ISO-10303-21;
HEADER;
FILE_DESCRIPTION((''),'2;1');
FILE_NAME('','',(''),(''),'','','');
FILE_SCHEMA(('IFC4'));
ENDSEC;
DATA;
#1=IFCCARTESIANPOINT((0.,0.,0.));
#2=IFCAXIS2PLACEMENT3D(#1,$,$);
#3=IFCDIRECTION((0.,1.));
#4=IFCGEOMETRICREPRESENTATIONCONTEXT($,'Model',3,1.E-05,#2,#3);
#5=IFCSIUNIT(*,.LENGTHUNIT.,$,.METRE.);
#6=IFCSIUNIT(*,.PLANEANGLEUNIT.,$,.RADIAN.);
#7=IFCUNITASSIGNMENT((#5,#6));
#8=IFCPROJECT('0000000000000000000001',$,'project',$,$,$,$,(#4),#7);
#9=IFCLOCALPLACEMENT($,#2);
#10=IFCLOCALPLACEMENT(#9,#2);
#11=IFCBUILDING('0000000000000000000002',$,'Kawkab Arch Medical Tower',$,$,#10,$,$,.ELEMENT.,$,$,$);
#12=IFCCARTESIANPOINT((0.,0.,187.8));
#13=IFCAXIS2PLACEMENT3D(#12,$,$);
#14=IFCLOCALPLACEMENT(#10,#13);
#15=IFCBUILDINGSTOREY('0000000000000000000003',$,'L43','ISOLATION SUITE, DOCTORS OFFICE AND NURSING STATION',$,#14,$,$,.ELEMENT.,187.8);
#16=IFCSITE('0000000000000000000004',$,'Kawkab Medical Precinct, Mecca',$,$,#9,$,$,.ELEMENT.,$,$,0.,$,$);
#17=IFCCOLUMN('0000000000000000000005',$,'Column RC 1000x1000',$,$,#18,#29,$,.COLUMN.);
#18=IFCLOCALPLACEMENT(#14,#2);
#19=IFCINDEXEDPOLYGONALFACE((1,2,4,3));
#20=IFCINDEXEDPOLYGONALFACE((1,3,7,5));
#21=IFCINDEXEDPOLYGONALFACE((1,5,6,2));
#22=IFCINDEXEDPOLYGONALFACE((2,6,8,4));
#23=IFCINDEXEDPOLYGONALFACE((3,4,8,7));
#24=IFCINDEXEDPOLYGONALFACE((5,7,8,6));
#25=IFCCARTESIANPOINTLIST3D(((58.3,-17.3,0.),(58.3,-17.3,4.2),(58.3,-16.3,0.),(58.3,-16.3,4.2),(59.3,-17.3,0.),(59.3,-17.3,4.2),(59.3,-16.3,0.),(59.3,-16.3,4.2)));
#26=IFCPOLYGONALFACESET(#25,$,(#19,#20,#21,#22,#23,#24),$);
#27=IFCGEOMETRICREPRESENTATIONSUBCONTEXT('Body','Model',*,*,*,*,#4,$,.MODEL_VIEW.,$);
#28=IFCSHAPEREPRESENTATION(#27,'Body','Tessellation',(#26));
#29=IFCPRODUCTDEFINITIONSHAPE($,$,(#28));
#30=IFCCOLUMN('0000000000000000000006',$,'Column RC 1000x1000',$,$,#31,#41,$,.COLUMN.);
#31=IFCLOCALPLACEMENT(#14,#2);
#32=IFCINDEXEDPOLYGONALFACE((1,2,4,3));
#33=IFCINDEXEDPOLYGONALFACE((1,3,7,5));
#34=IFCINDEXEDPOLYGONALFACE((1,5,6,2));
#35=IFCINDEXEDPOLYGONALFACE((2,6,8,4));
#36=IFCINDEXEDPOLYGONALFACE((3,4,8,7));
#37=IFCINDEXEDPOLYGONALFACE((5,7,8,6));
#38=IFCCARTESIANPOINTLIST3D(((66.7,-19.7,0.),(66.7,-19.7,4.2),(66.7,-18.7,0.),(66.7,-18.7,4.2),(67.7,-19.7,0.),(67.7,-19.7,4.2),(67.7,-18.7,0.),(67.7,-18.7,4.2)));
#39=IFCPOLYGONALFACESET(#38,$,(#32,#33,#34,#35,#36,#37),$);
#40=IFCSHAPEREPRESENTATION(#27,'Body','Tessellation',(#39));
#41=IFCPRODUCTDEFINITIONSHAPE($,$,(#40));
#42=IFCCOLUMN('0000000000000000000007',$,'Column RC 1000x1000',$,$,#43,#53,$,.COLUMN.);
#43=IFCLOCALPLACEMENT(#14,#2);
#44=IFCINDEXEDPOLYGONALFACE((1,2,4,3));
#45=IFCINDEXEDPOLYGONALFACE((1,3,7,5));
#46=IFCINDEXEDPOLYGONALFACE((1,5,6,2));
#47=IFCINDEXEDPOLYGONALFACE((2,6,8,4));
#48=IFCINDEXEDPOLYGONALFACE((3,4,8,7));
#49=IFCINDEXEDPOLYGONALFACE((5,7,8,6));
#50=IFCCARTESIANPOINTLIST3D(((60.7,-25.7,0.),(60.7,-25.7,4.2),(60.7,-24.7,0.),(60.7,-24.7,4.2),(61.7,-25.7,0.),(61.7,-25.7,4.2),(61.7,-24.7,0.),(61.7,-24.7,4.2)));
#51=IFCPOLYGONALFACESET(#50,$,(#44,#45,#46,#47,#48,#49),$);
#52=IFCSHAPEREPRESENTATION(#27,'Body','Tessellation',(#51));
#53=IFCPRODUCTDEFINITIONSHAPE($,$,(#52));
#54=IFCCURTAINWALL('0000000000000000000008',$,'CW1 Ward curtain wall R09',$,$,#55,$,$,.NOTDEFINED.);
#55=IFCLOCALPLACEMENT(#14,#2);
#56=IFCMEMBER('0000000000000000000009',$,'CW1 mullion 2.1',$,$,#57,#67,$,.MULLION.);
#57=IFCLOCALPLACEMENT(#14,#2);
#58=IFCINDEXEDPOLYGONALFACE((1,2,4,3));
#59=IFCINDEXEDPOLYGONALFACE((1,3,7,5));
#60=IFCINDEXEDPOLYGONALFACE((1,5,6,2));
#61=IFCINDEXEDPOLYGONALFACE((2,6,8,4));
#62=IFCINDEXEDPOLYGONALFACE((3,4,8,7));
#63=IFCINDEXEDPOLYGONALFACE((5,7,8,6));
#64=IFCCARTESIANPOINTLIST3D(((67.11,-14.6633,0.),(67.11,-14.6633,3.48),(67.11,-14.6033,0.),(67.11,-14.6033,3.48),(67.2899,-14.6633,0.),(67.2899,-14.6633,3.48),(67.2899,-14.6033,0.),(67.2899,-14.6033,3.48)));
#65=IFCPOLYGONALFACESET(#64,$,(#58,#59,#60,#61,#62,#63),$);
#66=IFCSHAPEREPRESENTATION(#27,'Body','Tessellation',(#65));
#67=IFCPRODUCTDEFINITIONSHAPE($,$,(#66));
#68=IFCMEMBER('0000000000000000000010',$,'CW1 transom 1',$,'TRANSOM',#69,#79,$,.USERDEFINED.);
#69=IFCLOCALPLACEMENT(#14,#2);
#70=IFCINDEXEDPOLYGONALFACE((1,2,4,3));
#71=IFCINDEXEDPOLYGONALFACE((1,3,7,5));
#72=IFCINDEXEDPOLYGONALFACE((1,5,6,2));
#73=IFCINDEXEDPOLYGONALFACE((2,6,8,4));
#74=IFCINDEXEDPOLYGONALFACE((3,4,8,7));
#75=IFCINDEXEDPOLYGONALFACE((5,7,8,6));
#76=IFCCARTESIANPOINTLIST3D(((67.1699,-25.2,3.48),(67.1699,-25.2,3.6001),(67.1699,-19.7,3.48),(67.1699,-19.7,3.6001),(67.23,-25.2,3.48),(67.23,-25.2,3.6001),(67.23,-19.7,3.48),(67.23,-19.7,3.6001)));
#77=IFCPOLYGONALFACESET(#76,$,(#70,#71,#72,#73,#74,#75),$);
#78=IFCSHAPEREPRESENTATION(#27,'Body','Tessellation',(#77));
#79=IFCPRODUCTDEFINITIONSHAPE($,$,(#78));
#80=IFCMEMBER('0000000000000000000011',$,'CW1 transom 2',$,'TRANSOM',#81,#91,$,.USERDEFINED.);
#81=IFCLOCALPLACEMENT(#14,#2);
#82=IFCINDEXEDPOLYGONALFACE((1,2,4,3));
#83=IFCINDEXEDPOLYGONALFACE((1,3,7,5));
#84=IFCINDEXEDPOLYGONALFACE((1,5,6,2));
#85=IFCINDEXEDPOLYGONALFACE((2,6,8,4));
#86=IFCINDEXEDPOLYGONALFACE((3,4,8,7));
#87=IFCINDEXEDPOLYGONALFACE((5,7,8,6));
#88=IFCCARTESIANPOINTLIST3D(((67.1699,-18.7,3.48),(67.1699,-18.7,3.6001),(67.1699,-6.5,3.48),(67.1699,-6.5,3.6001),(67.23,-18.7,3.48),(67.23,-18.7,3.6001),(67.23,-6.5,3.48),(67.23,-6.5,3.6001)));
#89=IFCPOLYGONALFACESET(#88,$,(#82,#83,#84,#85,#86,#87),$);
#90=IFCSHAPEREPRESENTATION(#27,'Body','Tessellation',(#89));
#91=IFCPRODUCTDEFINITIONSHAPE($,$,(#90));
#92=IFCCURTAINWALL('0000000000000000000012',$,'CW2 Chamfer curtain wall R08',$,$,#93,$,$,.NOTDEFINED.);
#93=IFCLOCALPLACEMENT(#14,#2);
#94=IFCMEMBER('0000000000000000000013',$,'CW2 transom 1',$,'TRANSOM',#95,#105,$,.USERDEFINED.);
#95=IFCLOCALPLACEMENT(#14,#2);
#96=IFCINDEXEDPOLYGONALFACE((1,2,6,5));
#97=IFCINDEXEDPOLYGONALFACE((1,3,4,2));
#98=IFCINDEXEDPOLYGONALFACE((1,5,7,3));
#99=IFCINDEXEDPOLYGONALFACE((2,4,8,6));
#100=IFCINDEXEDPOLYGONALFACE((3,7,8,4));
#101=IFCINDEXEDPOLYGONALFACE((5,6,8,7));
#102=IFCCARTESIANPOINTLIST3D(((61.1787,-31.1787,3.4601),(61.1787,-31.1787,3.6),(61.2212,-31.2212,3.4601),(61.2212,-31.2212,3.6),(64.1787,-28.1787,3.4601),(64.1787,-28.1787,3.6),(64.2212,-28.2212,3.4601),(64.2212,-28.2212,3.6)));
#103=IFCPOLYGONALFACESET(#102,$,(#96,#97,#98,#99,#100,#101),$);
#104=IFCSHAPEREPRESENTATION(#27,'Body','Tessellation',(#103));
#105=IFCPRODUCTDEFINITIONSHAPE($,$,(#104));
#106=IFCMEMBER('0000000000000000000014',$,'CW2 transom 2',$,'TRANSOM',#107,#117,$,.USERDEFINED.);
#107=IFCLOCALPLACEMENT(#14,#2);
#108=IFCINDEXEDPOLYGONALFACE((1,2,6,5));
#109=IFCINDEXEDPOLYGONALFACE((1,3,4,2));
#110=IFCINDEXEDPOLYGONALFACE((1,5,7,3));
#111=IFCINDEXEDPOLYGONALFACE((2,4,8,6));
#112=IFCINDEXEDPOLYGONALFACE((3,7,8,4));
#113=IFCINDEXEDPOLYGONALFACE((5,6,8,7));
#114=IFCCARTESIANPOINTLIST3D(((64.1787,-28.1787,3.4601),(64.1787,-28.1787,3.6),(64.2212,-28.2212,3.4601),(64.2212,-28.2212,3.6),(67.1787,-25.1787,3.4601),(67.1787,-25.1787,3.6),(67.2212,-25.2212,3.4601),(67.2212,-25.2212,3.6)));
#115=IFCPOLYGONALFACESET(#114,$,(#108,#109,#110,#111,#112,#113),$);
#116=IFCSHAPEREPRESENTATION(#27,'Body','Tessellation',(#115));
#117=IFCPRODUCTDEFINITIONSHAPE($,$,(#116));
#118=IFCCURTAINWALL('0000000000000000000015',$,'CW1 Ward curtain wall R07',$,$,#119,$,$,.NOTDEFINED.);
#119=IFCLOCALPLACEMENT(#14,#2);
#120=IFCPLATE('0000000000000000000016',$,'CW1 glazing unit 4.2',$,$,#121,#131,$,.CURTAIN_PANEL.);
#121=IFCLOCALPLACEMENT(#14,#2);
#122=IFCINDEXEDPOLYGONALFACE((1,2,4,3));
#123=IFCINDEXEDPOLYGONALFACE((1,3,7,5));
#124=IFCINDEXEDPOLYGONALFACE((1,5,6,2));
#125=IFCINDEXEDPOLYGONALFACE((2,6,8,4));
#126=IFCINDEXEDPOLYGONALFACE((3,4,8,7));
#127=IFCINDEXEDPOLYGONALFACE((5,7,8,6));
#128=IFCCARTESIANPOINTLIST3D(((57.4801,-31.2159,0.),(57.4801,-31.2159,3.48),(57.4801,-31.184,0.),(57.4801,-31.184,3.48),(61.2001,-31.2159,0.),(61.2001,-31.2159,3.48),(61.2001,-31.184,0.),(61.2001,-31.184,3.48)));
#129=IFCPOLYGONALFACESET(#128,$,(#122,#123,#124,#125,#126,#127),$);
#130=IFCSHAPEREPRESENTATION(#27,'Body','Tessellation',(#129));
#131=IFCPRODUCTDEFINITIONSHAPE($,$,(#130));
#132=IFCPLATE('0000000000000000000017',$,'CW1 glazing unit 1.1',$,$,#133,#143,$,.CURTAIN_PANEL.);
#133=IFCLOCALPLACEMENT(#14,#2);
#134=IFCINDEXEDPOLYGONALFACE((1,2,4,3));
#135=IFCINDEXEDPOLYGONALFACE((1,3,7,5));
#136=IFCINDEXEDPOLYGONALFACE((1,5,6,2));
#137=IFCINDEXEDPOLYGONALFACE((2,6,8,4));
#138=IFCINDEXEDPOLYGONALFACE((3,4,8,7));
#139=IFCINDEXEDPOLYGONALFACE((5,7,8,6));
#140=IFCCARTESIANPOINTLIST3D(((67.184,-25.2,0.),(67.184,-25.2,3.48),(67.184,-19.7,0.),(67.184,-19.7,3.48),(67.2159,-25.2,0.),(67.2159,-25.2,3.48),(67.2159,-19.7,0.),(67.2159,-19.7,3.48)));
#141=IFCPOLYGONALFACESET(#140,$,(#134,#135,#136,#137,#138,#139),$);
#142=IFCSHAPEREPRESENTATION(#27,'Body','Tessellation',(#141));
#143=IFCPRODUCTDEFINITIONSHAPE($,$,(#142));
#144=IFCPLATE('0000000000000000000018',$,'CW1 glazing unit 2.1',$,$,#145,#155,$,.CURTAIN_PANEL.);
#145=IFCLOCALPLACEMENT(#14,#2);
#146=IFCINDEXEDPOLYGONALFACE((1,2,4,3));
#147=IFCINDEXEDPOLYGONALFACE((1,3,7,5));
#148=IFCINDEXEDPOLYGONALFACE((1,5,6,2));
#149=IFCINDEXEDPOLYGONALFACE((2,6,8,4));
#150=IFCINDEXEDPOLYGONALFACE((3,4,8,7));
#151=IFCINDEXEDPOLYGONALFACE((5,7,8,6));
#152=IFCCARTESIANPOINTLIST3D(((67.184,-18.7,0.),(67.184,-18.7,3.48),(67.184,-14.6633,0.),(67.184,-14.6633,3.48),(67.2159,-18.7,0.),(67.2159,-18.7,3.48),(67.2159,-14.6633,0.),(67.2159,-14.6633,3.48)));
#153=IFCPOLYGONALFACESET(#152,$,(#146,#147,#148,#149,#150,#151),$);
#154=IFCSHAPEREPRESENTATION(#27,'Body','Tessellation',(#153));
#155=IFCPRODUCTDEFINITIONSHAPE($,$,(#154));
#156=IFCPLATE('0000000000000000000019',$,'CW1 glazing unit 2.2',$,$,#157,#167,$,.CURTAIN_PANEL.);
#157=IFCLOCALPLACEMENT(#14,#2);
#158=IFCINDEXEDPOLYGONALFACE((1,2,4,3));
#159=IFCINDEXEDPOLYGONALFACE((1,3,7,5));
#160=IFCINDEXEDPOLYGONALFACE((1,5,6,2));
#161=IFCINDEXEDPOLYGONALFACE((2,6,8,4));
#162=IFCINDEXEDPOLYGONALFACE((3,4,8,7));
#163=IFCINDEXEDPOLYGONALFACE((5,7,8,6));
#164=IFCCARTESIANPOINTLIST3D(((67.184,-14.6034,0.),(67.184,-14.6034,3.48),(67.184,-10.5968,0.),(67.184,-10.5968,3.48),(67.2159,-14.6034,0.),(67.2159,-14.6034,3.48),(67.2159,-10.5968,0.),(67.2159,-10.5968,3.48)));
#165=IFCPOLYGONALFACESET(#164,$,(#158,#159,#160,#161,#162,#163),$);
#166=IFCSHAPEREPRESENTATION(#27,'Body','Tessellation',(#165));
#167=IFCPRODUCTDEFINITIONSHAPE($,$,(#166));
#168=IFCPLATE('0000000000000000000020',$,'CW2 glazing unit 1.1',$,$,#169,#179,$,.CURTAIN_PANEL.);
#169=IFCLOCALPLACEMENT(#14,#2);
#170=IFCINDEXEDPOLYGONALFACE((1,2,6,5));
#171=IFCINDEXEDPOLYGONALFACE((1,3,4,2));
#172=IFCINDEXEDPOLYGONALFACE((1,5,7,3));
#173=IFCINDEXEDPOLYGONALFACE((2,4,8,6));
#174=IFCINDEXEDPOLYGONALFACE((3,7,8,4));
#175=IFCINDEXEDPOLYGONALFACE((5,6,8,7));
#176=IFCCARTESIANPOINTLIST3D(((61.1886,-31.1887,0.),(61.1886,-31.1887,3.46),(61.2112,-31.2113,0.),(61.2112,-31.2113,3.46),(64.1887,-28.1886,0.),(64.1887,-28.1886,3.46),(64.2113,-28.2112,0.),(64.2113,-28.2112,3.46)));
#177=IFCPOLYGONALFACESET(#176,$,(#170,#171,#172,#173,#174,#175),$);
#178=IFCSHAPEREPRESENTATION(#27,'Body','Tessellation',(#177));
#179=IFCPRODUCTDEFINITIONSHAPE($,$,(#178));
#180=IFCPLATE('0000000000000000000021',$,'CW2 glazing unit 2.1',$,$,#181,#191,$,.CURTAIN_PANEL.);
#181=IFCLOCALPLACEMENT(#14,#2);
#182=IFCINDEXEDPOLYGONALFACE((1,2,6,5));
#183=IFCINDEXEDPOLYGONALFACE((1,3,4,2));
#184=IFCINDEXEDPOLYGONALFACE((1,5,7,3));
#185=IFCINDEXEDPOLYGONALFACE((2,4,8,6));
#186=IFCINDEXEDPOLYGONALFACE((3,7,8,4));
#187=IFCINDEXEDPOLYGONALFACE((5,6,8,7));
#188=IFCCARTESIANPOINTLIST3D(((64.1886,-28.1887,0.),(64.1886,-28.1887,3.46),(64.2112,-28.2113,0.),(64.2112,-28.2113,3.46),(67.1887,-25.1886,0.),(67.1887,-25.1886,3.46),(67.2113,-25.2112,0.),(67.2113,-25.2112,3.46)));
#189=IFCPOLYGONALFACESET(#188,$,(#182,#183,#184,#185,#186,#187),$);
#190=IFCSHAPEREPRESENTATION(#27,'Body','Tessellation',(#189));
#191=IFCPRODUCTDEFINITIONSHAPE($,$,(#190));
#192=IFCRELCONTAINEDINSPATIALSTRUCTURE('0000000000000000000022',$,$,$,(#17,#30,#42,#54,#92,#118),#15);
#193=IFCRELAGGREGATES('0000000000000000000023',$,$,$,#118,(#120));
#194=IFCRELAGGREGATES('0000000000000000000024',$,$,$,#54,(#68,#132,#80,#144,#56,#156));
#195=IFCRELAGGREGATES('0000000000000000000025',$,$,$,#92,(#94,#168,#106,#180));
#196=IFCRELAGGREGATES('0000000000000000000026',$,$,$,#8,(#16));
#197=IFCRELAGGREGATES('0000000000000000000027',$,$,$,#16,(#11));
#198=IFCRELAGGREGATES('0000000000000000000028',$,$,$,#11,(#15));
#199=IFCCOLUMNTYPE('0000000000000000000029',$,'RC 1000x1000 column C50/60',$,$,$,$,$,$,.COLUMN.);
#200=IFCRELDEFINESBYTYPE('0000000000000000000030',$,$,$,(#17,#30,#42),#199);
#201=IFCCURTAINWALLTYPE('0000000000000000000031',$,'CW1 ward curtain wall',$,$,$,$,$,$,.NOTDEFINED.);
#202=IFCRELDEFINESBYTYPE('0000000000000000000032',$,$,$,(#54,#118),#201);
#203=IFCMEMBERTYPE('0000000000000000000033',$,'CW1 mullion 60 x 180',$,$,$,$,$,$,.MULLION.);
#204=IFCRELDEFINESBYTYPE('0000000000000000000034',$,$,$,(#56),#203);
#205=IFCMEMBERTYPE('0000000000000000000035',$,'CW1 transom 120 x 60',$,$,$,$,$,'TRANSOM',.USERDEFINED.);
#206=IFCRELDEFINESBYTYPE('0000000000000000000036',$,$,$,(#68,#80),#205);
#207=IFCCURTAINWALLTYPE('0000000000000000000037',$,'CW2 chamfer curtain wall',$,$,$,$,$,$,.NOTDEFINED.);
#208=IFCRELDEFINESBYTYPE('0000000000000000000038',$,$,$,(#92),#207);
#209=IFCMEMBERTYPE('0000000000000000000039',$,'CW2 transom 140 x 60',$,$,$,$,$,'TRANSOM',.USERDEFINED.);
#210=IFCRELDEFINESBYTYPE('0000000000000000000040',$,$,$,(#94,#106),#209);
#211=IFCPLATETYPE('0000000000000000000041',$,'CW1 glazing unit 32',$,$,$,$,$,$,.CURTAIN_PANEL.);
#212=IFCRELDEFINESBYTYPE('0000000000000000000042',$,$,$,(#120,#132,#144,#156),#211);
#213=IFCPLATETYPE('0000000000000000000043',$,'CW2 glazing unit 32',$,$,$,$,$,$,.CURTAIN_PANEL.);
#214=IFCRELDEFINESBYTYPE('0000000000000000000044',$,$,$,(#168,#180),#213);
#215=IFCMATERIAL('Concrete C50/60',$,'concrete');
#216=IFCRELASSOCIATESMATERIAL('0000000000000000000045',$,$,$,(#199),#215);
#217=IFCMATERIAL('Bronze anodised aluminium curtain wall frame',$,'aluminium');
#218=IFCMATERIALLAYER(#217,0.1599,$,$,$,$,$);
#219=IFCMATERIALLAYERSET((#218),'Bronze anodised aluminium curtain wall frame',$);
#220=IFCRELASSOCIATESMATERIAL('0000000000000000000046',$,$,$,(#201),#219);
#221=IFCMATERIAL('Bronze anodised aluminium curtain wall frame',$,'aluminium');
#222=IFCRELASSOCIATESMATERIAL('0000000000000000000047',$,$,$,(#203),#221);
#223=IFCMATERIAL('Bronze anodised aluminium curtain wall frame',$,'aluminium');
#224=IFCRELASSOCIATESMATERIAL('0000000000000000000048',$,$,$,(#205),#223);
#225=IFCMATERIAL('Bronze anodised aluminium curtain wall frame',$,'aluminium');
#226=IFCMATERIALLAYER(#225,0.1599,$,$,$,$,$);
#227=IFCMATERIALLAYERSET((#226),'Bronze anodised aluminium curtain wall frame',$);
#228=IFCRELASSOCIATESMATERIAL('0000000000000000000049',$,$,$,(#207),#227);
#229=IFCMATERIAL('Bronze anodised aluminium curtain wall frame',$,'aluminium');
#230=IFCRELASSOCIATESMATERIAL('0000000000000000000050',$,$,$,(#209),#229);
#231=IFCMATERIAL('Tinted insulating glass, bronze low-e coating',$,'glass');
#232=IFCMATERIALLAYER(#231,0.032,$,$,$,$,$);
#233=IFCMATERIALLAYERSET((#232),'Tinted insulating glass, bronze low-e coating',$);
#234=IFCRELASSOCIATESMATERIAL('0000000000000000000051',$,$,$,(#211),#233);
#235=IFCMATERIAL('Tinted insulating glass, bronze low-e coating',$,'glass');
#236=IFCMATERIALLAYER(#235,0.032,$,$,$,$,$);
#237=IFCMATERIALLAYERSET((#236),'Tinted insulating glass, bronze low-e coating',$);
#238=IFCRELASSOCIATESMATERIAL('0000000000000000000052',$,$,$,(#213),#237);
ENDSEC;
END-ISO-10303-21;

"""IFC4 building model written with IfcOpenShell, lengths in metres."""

from ifc_helpers import new_model, si_unit, direction, frame, origin, origin_2d, place, context, subcontext, project, spatial, rectangle, extrude, material, layer, layer_set, material_profile, profile_set, type_object, element, aggregate, save


model = new_model("IFC4")

# Units and contexts
model_context = context("Model", 3, precision=1e-05, world=origin(), true_north=direction((0.0, 1.0)))
body_context = subcontext(model_context, "Body", "Model", "MODEL_VIEW")
ifc_project = project(units=[si_unit("LENGTHUNIT", "METRE"), si_unit("PLANEANGLEUNIT", "RADIAN")], contexts=[model_context])

# Site, building, storey
site_placement = place(None, origin())
site = spatial("IfcSite", under=ifc_project, at=site_placement, Name="Kawkab Medical Precinct, Mecca", CompositionType="ELEMENT", RefElevation=0.0)
building_placement = place(site_placement, origin())
building = spatial("IfcBuilding", under=site, at=building_placement, Name="Kawkab Arch Medical Tower", CompositionType="ELEMENT")
storey_placement = place(building_placement, frame((0.0, 0.0, 187.8)))
storey = spatial("IfcBuildingStorey", under=building, at=storey_placement, Name="L43", Description="ISOLATION SUITE, DOCTORS OFFICE AND NURSING STATION", CompositionType="ELEMENT", Elevation=187.8)

# Columns
ifc_material_1 = material(Name="Concrete C50/60", Category="concrete")
ifc_material_profile_1 = material_profile(ifc_material_1, rectangle(XDim=1.0, YDim=1.0, at=origin_2d()), Name="RC 1000x1000")
ifc_profile_set_1 = profile_set([ifc_material_profile_1], Name="Concrete C50/60")
column_type = type_object("IfcColumnType", Name="RC 1000x1000 column C50/60", PredefinedType="COLUMN", material=ifc_profile_set_1)
for number, where, z_axis, x_axis, name in (
    (1, (58.8, -16.8, 0.0), (0.0, 0.0, 1.0), (1.0, 0.0, 0.0), "Column RC 1000x1000"),
    (2, (67.2, -19.2, 0.0), (0.0, 0.0, 1.0), (1.0, 0.0, 0.0), "Column RC 1000x1000"),
    (3, (61.2, -25.2, 0.0), (0.0, 0.0, 1.0), (1.0, 0.0, 0.0), "Column RC 1000x1000"),
):
    element("IfcColumn", number, at=place(storey_placement, frame(where, z_axis=z_axis, x_axis=x_axis)), inside=storey, type_object=column_type, Name=name, PredefinedType="COLUMN", context=body_context, shape_type="SweptSolid", body=[
        extrude(rectangle(XDim=1.0, YDim=1.0, at=origin_2d()), origin(), (0.0, 0.0, 1.0), 4.2),
    ])

# Curtain walls, members
ifc_material_2 = material(Name="Bronze anodised aluminium curtain wall frame", Category="aluminium")
ifc_layer_1 = layer(ifc_material_2, 0.1599)
ifc_layer_set_1 = layer_set([ifc_layer_1], Name="Bronze anodised aluminium curtain wall frame")
curtain_wall_type_1 = type_object("IfcCurtainWallType", Name="CW1 ward curtain wall", PredefinedType="NOTDEFINED", material=ifc_layer_set_1)
placement = place(storey_placement, origin())
curtain_wall_1 = element("IfcCurtainWall", 4, at=placement, inside=storey, type_object=curtain_wall_type_1, Name="CW1 Ward curtain wall R09", PredefinedType="NOTDEFINED")
ifc_material_3 = material(Name="Bronze anodised aluminium curtain wall frame", Category="aluminium")
ifc_material_profile_2 = material_profile(ifc_material_3, rectangle(XDim=0.1799, YDim=0.0601, at=origin_2d()), Name="AL 60x180")
ifc_profile_set_2 = profile_set([ifc_material_profile_2], Name="Bronze anodised aluminium curtain wall frame")
member_type_1 = type_object("IfcMemberType", Name="CW1 mullion 60 x 180", PredefinedType="MULLION", material=ifc_profile_set_2)
member_1_placement = place(storey_placement, frame((67.2, -14.6333, 0.0), z_axis=(0.0, 0.0, 1.0), x_axis=(-1.0, 0.0, 0.0)))
member_1 = element("IfcMember", 5, at=member_1_placement, type_object=member_type_1, Name="CW1 mullion 2.1", PredefinedType="MULLION", context=body_context, shape_type="SweptSolid", body=[
    extrude(rectangle(XDim=0.1799, YDim=0.0601, at=origin_2d()), origin(), (0.0, 0.0, 1.0), 3.48),
])
ifc_material_4 = material(Name="Bronze anodised aluminium curtain wall frame", Category="aluminium")
ifc_material_profile_3 = material_profile(ifc_material_4, rectangle(XDim=0.0601, YDim=0.1201, at=origin_2d()), Name="AL 60x120")
ifc_profile_set_3 = profile_set([ifc_material_profile_3], Name="Bronze anodised aluminium curtain wall frame")
member_type_2 = type_object("IfcMemberType", Name="CW1 transom 120 x 60", ElementType="TRANSOM", PredefinedType="USERDEFINED", material=ifc_profile_set_3)
member_2_placement = place(storey_placement, frame((67.2, -25.2, 3.54), z_axis=(0.0, 1.0, 0.0), x_axis=(-1.0, 0.0, 0.0)))
member_2 = element("IfcMember", 6, at=member_2_placement, type_object=member_type_2, Name="CW1 transom 1", ObjectType="TRANSOM", PredefinedType="USERDEFINED", context=body_context, shape_type="SweptSolid", body=[
    extrude(rectangle(XDim=0.0601, YDim=0.1201, at=origin_2d()), origin(), (0.0, 0.0, 1.0), 5.5),
])
member_3_placement = place(storey_placement, frame((67.2, -18.7, 3.54), z_axis=(0.0, 1.0, 0.0), x_axis=(-1.0, 0.0, 0.0)))
member_3 = element("IfcMember", 7, at=member_3_placement, type_object=member_type_2, Name="CW1 transom 2", ObjectType="TRANSOM", PredefinedType="USERDEFINED", context=body_context, shape_type="SweptSolid", body=[
    extrude(rectangle(XDim=0.0601, YDim=0.1201, at=origin_2d()), origin(), (0.0, 0.0, 1.0), 12.2),
])
ifc_material_5 = material(Name="Bronze anodised aluminium curtain wall frame", Category="aluminium")
ifc_layer_2 = layer(ifc_material_5, 0.1599)
ifc_layer_set_2 = layer_set([ifc_layer_2], Name="Bronze anodised aluminium curtain wall frame")
curtain_wall_type_2 = type_object("IfcCurtainWallType", Name="CW2 chamfer curtain wall", PredefinedType="NOTDEFINED", material=ifc_layer_set_2)
curtain_wall_2 = element("IfcCurtainWall", 8, at=placement, inside=storey, type_object=curtain_wall_type_2, Name="CW2 Chamfer curtain wall R08", PredefinedType="NOTDEFINED")
ifc_material_6 = material(Name="Bronze anodised aluminium curtain wall frame", Category="aluminium")
ifc_material_profile_4 = material_profile(ifc_material_6, rectangle(XDim=0.0601, YDim=0.1399, at=origin_2d()), Name="AL 60x140")
ifc_profile_set_4 = profile_set([ifc_material_profile_4], Name="Bronze anodised aluminium curtain wall frame")
member_type_3 = type_object("IfcMemberType", Name="CW2 transom 140 x 60", ElementType="TRANSOM", PredefinedType="USERDEFINED", material=ifc_profile_set_4)
member_4_placement = place(storey_placement, frame((61.2, -31.2, 3.53), z_axis=(0.707107, 0.707107, 0.0), x_axis=(-0.707107, 0.707107, 0.0)))
member_4 = element("IfcMember", 9, at=member_4_placement, type_object=member_type_3, Name="CW2 transom 1", ObjectType="TRANSOM", PredefinedType="USERDEFINED", context=body_context, shape_type="SweptSolid", body=[
    extrude(rectangle(XDim=0.0601, YDim=0.1399, at=origin_2d()), origin(), (0.0, 0.0, 1.0), 4.2427),
])
member_5_placement = place(storey_placement, frame((64.2, -28.2, 3.53), z_axis=(0.707107, 0.707107, 0.0), x_axis=(-0.707107, 0.707107, 0.0)))
member_5 = element("IfcMember", 10, at=member_5_placement, type_object=member_type_3, Name="CW2 transom 2", ObjectType="TRANSOM", PredefinedType="USERDEFINED", context=body_context, shape_type="SweptSolid", body=[
    extrude(rectangle(XDim=0.0601, YDim=0.1399, at=origin_2d()), origin(), (0.0, 0.0, 1.0), 4.2427),
])

# Curtain wall, plate
curtain_wall_3 = element("IfcCurtainWall", 11, at=placement, inside=storey, type_object=curtain_wall_type_1, Name="CW1 Ward curtain wall R07", PredefinedType="NOTDEFINED")
ifc_material_7 = material(Name="Tinted insulating glass, bronze low-e coating", Category="glass")
ifc_layer_3 = layer(ifc_material_7, 0.032)
ifc_layer_set_3 = layer_set([ifc_layer_3], Name="Tinted insulating glass, bronze low-e coating")
plate_type_1 = type_object("IfcPlateType", Name="CW1 glazing unit 32", PredefinedType="CURTAIN_PANEL", material=ifc_layer_set_3)
plate_1_placement = place(storey_placement, frame((59.3401, -31.2, 0.0), z_axis=(0.0, 0.0, 1.0), x_axis=(1.0, 0.0, 0.0)))
plate_1 = element("IfcPlate", 12, at=plate_1_placement, type_object=plate_type_1, Name="CW1 glazing unit 4.2", PredefinedType="CURTAIN_PANEL", context=body_context, shape_type="SweptSolid", body=[
    extrude(rectangle(XDim=3.72, YDim=0.032, at=origin_2d()), origin(), (0.0, 0.0, 1.0), 3.48),
])
aggregate(curtain_wall_3, [plate_1])

# Plates
plate_2_placement = place(storey_placement, frame((67.2, -22.45, 0.0), z_axis=(0.0, 0.0, 1.0), x_axis=(0.0, 1.0, 0.0)))
plate_2 = element("IfcPlate", 13, at=plate_2_placement, type_object=plate_type_1, Name="CW1 glazing unit 1.1", PredefinedType="CURTAIN_PANEL", context=body_context, shape_type="SweptSolid", body=[
    extrude(rectangle(XDim=5.5, YDim=0.032, at=origin_2d()), origin(), (0.0, 0.0, 1.0), 3.48),
])
plate_3_placement = place(storey_placement, frame((67.2, -16.6816, 0.0), z_axis=(0.0, 0.0, 1.0), x_axis=(0.0, 1.0, 0.0)))
plate_3 = element("IfcPlate", 14, at=plate_3_placement, type_object=plate_type_1, Name="CW1 glazing unit 2.1", PredefinedType="CURTAIN_PANEL", context=body_context, shape_type="SweptSolid", body=[
    extrude(rectangle(XDim=4.0366, YDim=0.032, at=origin_2d()), origin(), (0.0, 0.0, 1.0), 3.48),
])
plate_4_placement = place(storey_placement, frame((67.2, -12.6001, 0.0), z_axis=(0.0, 0.0, 1.0), x_axis=(0.0, 1.0, 0.0)))
plate_4 = element("IfcPlate", 15, at=plate_4_placement, type_object=plate_type_1, Name="CW1 glazing unit 2.2", PredefinedType="CURTAIN_PANEL", context=body_context, shape_type="SweptSolid", body=[
    extrude(rectangle(XDim=4.0066, YDim=0.032, at=origin_2d()), origin(), (0.0, 0.0, 1.0), 3.48),
])
aggregate(curtain_wall_1, [member_2, plate_2, member_3, plate_3, member_1, plate_4])
ifc_material_8 = material(Name="Tinted insulating glass, bronze low-e coating", Category="glass")
ifc_layer_4 = layer(ifc_material_8, 0.032)
ifc_layer_set_4 = layer_set([ifc_layer_4], Name="Tinted insulating glass, bronze low-e coating")
plate_type_2 = type_object("IfcPlateType", Name="CW2 glazing unit 32", PredefinedType="CURTAIN_PANEL", material=ifc_layer_set_4)
plate_5_placement = place(storey_placement, frame((62.7, -29.7, 0.0), z_axis=(0.0, 0.0, 1.0), x_axis=(0.707107, 0.707107, 0.0)))
plate_5 = element("IfcPlate", 16, at=plate_5_placement, type_object=plate_type_2, Name="CW2 glazing unit 1.1", PredefinedType="CURTAIN_PANEL", context=body_context, shape_type="SweptSolid", body=[
    extrude(rectangle(XDim=4.2427, YDim=0.032, at=origin_2d()), origin(), (0.0, 0.0, 1.0), 3.46),
])
plate_6_placement = place(storey_placement, frame((65.7, -26.7, 0.0), z_axis=(0.0, 0.0, 1.0), x_axis=(0.707107, 0.707107, 0.0)))
plate_6 = element("IfcPlate", 17, at=plate_6_placement, type_object=plate_type_2, Name="CW2 glazing unit 2.1", PredefinedType="CURTAIN_PANEL", context=body_context, shape_type="SweptSolid", body=[
    extrude(rectangle(XDim=4.2427, YDim=0.032, at=origin_2d()), origin(), (0.0, 0.0, 1.0), 3.46),
])
aggregate(curtain_wall_2, [member_4, plate_5, member_5, plate_6])

save(model, "model.ifc")
